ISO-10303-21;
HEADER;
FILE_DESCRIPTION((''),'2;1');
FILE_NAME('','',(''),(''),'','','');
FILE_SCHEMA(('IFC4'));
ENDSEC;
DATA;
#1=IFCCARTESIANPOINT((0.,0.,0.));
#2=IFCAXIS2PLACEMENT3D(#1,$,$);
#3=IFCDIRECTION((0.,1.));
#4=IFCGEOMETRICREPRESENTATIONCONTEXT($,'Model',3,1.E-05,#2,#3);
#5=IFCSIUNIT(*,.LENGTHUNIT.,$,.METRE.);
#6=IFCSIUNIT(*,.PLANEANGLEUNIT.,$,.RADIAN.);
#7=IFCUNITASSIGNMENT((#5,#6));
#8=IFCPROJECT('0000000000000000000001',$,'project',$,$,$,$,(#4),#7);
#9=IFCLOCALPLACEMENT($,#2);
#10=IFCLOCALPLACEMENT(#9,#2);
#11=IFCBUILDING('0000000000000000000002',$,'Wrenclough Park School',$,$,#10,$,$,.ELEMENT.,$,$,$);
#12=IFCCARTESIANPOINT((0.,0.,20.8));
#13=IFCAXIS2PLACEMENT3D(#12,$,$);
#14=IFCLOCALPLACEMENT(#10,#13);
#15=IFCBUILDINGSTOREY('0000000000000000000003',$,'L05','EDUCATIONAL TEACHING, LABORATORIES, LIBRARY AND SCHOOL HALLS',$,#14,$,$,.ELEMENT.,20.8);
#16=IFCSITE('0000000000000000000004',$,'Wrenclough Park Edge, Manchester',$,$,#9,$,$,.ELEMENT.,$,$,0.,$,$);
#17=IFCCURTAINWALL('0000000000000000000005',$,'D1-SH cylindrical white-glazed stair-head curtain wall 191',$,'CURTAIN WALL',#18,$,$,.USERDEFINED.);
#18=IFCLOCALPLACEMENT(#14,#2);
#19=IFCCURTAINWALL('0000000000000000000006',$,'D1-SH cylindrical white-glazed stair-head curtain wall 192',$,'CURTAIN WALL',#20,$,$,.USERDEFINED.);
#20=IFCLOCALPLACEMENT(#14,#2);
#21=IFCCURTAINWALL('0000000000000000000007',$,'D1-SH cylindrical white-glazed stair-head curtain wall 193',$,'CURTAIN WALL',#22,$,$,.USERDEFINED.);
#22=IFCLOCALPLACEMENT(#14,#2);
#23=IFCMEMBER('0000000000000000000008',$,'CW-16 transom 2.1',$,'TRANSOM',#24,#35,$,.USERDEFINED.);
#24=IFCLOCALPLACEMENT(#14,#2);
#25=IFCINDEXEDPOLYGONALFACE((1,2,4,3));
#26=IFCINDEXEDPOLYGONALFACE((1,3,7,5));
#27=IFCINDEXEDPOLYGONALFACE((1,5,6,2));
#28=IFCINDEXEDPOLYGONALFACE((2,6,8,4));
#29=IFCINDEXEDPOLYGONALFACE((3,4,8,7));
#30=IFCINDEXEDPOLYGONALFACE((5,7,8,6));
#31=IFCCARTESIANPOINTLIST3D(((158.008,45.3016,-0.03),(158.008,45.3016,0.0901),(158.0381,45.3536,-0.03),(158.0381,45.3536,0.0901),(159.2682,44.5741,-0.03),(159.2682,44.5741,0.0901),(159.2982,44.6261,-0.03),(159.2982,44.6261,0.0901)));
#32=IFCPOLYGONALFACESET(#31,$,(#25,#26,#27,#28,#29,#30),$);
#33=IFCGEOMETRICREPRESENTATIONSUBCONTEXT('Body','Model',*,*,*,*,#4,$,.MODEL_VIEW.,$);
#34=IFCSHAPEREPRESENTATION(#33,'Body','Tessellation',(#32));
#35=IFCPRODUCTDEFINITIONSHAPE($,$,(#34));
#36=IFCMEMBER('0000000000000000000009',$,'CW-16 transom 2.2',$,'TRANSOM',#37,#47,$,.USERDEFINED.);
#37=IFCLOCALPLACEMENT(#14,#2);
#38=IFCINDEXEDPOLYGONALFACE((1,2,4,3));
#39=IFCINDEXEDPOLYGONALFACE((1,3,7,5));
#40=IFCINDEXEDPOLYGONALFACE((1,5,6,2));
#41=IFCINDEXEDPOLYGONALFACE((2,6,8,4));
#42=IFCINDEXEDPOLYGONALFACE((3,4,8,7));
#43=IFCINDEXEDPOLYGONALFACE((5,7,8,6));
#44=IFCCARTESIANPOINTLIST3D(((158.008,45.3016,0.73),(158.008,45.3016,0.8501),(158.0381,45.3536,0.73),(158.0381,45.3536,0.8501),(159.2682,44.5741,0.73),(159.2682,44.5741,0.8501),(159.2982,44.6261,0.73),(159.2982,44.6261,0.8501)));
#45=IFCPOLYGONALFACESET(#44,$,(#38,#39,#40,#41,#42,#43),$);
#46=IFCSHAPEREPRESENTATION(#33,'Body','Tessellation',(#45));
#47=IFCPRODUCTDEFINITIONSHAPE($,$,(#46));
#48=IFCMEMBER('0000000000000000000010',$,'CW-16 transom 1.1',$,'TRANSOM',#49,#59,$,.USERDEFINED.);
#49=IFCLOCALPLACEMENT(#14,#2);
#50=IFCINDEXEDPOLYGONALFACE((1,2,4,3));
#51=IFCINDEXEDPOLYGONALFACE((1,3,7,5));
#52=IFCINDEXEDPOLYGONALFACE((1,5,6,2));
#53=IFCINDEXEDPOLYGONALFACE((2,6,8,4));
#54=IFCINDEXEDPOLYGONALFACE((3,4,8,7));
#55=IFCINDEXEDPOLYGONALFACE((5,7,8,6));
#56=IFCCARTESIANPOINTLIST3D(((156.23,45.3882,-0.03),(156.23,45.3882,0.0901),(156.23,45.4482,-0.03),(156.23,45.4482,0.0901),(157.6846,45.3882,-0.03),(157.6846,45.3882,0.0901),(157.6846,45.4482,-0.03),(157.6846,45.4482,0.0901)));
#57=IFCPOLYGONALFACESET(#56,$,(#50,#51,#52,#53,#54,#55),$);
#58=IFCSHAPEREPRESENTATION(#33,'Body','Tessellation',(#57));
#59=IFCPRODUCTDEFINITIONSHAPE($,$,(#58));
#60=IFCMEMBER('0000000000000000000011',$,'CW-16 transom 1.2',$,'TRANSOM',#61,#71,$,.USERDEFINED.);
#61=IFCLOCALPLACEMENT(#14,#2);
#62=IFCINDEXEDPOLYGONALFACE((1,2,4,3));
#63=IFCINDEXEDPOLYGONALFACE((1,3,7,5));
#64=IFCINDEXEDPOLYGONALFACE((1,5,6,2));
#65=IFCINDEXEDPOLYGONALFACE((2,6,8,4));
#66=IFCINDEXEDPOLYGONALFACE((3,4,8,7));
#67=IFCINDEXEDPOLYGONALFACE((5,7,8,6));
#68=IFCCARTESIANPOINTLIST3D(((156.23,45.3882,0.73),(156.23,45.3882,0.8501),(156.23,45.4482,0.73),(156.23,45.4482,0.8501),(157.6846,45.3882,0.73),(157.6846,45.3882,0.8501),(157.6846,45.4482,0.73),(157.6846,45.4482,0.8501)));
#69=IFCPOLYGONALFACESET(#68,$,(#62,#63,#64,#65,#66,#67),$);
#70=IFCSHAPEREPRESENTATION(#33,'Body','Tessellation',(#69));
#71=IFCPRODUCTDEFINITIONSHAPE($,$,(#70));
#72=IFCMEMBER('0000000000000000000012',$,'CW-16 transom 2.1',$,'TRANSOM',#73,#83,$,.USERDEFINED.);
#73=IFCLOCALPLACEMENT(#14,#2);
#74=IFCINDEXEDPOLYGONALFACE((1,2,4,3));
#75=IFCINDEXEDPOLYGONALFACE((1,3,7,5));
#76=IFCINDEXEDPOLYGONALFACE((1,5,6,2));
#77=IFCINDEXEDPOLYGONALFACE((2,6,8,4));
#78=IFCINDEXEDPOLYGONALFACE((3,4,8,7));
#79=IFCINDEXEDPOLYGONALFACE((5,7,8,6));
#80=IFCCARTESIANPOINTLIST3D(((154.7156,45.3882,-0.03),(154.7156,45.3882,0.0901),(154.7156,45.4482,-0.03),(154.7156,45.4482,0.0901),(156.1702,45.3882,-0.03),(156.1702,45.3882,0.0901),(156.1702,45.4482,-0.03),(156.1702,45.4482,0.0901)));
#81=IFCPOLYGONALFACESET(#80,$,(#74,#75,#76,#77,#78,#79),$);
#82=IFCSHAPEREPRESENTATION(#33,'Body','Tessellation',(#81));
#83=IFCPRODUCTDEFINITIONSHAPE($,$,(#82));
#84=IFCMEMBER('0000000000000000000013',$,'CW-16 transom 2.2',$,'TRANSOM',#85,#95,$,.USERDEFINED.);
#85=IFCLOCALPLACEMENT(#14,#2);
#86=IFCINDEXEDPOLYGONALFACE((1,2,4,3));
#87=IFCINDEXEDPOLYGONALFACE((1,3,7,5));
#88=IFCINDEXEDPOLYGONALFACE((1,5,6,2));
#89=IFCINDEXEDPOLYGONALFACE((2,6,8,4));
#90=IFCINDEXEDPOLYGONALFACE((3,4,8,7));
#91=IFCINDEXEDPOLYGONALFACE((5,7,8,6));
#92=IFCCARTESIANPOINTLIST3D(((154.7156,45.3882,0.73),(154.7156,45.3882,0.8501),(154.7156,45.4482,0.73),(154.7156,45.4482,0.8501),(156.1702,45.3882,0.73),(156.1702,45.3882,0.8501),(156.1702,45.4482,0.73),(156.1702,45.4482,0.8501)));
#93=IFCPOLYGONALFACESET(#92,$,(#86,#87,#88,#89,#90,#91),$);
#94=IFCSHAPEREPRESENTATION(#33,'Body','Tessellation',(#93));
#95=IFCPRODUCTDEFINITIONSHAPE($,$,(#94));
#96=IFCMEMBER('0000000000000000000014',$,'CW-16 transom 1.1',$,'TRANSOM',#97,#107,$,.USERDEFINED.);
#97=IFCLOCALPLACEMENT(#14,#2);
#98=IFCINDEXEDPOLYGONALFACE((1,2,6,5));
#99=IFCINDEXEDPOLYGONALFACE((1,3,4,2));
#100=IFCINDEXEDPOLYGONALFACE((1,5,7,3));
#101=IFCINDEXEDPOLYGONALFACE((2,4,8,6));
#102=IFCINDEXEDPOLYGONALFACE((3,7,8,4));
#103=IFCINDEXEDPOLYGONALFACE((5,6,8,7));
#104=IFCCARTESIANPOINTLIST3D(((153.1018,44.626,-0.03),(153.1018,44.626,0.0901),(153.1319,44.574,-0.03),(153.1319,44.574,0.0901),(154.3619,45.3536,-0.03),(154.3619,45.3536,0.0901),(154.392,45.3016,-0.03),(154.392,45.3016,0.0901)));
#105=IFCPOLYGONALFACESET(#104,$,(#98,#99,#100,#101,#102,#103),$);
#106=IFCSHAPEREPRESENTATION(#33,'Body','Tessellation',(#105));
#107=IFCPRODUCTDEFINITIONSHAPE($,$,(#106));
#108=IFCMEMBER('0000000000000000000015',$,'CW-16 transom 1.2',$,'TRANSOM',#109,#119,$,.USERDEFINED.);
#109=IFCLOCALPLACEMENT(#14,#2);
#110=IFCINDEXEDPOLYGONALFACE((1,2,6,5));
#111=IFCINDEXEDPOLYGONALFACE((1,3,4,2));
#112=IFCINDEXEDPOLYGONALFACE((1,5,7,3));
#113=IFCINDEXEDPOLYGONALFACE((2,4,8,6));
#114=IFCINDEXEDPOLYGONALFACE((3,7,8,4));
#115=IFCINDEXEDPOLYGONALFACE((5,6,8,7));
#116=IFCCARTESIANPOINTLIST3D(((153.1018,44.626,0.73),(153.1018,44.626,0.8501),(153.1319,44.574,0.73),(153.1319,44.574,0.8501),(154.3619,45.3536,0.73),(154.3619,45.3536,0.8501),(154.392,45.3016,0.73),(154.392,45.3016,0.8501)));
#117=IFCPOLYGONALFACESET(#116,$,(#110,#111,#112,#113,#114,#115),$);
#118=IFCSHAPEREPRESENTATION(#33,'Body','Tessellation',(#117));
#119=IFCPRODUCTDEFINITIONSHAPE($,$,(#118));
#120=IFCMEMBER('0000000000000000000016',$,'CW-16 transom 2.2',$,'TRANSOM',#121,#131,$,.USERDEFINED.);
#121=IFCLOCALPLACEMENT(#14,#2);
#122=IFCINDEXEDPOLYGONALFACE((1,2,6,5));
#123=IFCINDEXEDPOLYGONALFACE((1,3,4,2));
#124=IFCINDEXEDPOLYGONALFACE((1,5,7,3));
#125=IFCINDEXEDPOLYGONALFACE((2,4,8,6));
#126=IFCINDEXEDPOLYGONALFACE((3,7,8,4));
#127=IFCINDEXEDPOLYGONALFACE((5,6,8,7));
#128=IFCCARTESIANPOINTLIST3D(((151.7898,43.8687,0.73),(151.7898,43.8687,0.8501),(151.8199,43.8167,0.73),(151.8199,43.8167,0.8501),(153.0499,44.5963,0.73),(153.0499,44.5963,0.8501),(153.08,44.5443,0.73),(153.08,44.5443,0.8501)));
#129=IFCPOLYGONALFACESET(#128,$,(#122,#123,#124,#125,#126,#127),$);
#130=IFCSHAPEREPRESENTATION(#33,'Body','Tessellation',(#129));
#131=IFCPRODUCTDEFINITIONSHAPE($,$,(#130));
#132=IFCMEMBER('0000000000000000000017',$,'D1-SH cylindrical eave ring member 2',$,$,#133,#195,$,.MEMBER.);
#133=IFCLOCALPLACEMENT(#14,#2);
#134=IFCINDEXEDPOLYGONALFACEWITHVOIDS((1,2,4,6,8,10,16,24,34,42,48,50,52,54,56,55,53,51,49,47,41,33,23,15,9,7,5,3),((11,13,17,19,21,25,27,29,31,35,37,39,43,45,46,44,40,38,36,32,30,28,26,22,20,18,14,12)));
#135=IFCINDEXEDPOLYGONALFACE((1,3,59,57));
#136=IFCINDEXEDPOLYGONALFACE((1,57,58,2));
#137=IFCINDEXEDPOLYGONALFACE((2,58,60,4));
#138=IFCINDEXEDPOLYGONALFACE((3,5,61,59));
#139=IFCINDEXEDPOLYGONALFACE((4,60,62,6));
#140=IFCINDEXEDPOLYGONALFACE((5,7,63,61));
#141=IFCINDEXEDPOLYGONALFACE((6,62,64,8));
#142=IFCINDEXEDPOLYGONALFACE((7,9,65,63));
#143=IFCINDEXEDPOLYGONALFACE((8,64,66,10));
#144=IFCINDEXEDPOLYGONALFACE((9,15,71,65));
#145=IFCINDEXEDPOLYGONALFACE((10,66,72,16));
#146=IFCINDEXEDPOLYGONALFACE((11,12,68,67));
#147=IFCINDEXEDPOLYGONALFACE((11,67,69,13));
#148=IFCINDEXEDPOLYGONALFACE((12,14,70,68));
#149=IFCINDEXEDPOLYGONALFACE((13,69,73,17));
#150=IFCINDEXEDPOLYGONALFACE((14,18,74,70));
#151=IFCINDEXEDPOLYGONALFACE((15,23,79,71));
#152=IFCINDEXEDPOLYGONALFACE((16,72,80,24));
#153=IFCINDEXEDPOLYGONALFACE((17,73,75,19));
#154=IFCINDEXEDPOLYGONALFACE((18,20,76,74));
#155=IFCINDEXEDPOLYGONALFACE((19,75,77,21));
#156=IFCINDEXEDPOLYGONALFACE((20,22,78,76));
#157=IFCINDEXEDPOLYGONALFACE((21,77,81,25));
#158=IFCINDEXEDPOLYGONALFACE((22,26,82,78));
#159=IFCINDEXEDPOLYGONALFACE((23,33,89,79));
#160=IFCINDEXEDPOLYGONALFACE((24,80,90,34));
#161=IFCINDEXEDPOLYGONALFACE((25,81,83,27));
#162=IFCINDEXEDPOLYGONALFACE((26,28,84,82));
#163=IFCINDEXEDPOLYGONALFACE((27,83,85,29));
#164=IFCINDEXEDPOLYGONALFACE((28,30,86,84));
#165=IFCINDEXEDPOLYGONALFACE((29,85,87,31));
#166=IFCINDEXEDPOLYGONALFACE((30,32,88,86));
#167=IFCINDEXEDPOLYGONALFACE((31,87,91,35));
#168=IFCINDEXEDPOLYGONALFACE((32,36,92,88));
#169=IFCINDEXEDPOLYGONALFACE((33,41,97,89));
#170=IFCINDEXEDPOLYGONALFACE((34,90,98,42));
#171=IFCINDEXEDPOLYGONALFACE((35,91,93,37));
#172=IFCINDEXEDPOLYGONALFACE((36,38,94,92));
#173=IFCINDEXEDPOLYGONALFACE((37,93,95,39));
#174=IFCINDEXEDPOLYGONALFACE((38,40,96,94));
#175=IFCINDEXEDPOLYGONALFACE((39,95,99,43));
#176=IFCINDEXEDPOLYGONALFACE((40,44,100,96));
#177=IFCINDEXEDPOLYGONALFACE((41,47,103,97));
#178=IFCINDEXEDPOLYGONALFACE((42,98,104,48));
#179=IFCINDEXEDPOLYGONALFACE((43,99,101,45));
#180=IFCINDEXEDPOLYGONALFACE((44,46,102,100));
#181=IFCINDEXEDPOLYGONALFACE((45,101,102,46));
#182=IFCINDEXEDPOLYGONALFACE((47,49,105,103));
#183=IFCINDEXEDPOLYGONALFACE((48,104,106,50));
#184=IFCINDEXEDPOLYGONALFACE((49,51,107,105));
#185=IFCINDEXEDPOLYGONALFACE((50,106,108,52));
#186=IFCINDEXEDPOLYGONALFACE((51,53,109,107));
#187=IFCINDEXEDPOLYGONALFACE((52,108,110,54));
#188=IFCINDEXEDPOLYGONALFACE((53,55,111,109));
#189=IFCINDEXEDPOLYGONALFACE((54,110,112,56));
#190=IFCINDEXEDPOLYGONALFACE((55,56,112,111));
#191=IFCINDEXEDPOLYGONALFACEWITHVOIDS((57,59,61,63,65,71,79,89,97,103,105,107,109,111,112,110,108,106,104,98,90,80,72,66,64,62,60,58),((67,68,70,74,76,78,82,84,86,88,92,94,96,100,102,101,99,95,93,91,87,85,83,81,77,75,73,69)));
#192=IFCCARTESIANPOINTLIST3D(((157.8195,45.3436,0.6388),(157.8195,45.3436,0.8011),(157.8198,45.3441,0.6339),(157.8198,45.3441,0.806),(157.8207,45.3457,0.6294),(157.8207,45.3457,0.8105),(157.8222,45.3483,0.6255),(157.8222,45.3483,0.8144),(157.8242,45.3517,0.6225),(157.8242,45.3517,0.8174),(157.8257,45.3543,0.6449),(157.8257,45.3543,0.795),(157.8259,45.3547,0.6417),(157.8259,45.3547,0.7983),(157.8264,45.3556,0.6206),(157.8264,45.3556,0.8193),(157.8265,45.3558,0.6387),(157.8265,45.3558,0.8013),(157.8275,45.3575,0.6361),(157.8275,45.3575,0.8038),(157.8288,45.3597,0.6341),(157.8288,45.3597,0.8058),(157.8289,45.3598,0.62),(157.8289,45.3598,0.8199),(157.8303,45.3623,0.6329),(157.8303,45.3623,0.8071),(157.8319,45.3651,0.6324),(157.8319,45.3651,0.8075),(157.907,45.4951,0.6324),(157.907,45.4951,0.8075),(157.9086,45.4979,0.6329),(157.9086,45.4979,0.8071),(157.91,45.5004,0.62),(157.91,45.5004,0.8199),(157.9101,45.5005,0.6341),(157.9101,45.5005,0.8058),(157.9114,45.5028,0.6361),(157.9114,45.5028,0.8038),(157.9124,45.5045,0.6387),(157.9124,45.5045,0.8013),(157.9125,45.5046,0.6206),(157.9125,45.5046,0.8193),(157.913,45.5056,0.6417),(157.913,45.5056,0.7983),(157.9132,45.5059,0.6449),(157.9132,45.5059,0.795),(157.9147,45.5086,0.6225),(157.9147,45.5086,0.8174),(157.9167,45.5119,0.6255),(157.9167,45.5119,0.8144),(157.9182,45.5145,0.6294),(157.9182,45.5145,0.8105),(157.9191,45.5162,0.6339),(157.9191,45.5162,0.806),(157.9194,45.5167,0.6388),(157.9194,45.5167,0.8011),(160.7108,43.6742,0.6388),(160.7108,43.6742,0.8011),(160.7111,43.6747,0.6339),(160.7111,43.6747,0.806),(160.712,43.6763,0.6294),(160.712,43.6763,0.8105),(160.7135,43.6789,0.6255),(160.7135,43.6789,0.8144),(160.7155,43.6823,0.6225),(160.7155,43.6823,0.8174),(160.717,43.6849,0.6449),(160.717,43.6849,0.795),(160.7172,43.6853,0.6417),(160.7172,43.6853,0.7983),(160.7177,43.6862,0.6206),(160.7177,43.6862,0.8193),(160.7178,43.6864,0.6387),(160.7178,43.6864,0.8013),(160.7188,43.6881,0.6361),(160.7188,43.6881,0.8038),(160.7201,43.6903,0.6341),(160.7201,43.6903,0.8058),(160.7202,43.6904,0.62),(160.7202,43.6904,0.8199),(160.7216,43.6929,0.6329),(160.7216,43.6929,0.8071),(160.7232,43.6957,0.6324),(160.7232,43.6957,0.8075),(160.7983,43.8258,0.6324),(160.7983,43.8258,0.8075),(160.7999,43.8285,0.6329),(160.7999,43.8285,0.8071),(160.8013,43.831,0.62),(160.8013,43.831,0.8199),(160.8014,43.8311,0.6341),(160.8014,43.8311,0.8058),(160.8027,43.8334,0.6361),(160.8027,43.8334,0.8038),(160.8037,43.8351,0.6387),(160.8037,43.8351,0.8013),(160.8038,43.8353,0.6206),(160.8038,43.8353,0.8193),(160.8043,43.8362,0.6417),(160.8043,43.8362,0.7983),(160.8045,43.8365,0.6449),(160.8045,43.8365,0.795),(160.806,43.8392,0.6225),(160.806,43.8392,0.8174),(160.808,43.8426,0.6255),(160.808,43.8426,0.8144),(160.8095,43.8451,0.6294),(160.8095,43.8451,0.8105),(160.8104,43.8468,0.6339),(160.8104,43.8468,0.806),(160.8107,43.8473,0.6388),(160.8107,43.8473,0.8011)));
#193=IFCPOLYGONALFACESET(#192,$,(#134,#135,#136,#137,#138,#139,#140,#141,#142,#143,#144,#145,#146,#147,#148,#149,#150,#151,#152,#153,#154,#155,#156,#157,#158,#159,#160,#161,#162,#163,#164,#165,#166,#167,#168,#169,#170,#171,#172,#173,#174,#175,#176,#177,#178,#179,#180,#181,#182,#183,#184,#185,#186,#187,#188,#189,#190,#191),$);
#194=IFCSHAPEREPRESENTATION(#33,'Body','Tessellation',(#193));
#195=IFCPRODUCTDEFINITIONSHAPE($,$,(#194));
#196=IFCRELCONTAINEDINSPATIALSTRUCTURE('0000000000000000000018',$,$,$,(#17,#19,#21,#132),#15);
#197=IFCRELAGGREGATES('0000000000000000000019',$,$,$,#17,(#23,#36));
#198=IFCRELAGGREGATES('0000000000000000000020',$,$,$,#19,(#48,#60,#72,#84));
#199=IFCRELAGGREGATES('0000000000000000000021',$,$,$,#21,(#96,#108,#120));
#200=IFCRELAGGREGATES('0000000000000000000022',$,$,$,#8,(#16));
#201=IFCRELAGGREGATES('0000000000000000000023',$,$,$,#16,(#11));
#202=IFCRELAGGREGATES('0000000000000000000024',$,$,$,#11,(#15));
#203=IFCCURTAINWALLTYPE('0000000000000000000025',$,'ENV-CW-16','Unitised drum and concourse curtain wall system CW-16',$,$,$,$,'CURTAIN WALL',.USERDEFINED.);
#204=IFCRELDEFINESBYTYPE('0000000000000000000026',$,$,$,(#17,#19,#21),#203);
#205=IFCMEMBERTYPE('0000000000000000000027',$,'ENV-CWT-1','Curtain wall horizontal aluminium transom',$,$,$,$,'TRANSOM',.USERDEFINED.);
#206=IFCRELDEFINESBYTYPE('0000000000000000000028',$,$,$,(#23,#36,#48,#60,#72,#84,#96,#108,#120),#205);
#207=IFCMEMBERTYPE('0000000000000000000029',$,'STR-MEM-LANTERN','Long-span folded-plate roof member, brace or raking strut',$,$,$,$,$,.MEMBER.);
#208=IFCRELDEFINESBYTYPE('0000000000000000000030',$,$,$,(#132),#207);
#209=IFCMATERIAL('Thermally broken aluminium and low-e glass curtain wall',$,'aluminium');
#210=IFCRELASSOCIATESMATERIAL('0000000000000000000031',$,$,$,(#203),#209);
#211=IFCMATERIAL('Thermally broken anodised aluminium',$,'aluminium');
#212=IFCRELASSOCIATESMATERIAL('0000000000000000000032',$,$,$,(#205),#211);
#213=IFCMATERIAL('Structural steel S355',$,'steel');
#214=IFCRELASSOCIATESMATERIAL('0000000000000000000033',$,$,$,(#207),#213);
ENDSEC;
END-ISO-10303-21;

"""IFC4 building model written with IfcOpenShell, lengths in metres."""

from ifc_helpers import new_model, si_unit, direction, frame, origin, origin_2d, place, context, subcontext, project, spatial, rectangle, hollow_rectangle, extrude, material, material_profile, profile_set, type_object, element, aggregate, save


model = new_model("IFC4")

# Units and contexts
model_context = context("Model", 3, precision=1e-05, world=origin(), true_north=direction((0.0, 1.0)))
body_context = subcontext(model_context, "Body", "Model", "MODEL_VIEW")
ifc_project = project(units=[si_unit("LENGTHUNIT", "METRE"), si_unit("PLANEANGLEUNIT", "RADIAN")], contexts=[model_context])

# Site, building, storey
site_placement = place(None, origin())
site = spatial("IfcSite", under=ifc_project, at=site_placement, Name="Wrenclough Park Edge, Manchester", CompositionType="ELEMENT", RefElevation=0.0)
building_placement = place(site_placement, origin())
building = spatial("IfcBuilding", under=site, at=building_placement, Name="Wrenclough Park School", CompositionType="ELEMENT")
storey_placement = place(building_placement, frame((0.0, 0.0, 20.8)))
storey = spatial("IfcBuildingStorey", under=building, at=storey_placement, Name="L05", Description="EDUCATIONAL TEACHING, LABORATORIES, LIBRARY AND SCHOOL HALLS", CompositionType="ELEMENT", Elevation=20.8)

# Shared definitions
ifc_material_1 = material(Name="Structural steel S355", Category="steel")

# Curtain walls
ifc_material_2 = material(Name="Thermally broken aluminium and low-e glass curtain wall", Category="aluminium")
curtain_wall_type = type_object("IfcCurtainWallType", Name="ENV-CW-16", Description="Unitised drum and concourse curtain wall system CW-16", ElementType="CURTAIN WALL", PredefinedType="USERDEFINED", material=ifc_material_2)
curtain_wall_1_placement = place(storey_placement, origin())
curtain_wall_1 = element("IfcCurtainWall", 1, at=curtain_wall_1_placement, inside=storey, type_object=curtain_wall_type, Name="D1-SH cylindrical white-glazed stair-head curtain wall 191", ObjectType="CURTAIN WALL", PredefinedType="USERDEFINED")
ifc_material_3 = material(Name="Thermally broken anodised aluminium", Category="aluminium")
curtain_wall_2_placement = place(storey_placement, origin())
curtain_wall_2 = element("IfcCurtainWall", 2, at=curtain_wall_2_placement, inside=storey, type_object=curtain_wall_type, Name="D1-SH cylindrical white-glazed stair-head curtain wall 192", ObjectType="CURTAIN WALL", PredefinedType="USERDEFINED")
curtain_wall_3_placement = place(storey_placement, origin())
curtain_wall_3 = element("IfcCurtainWall", 3, at=curtain_wall_3_placement, inside=storey, type_object=curtain_wall_type, Name="D1-SH cylindrical white-glazed stair-head curtain wall 193", ObjectType="CURTAIN WALL", PredefinedType="USERDEFINED")

# Members
ifc_material_profile_1 = material_profile(ifc_material_3, rectangle(XDim=0.0601, YDim=0.1201, at=origin_2d()), Name="AL TRANSOM 60x120")
ifc_profile_set_1 = profile_set([ifc_material_profile_1], Name="Thermally broken anodised aluminium")
member_type_1 = type_object("IfcMemberType", Name="ENV-CWT-1", Description="Curtain wall horizontal aluminium transom", ElementType="TRANSOM", PredefinedType="USERDEFINED", material=ifc_profile_set_1)
member_1_placement = place(storey_placement, frame((159.2832, 44.6001, 0.03), z_axis=(-0.866046, 0.499965, 0.0), x_axis=(-0.499965, -0.866046, 0.0)))
member_1 = element("IfcMember", 4, at=member_1_placement, type_object=member_type_1, Name="CW-16 transom 2.1", ObjectType="TRANSOM", PredefinedType="USERDEFINED", context=body_context, shape_type="SweptSolid", body=[
    extrude(rectangle(XDim=0.0601, YDim=0.1201, at=origin_2d()), origin(), (0.0, 0.0, 1.0), 1.4551),
])
member_2_placement = place(storey_placement, frame((159.2832, 44.6001, 0.79), z_axis=(-0.866046, 0.499965, 0.0), x_axis=(-0.499965, -0.866046, 0.0)))
member_2 = element("IfcMember", 5, at=member_2_placement, type_object=member_type_1, Name="CW-16 transom 2.2", ObjectType="TRANSOM", PredefinedType="USERDEFINED", context=body_context, shape_type="SweptSolid", body=[
    extrude(rectangle(XDim=0.0601, YDim=0.1201, at=origin_2d()), origin(), (0.0, 0.0, 1.0), 1.4551),
])
member_3_placement = place(storey_placement, frame((157.6846, 45.4182, 0.03), z_axis=(-1.0, 0.0, 0.0), x_axis=(0.0, -1.0, 0.0)))
member_3 = element("IfcMember", 6, at=member_3_placement, type_object=member_type_1, Name="CW-16 transom 1.1", ObjectType="TRANSOM", PredefinedType="USERDEFINED", context=body_context, shape_type="SweptSolid", body=[
    extrude(rectangle(XDim=0.0601, YDim=0.1201, at=origin_2d()), origin(), (0.0, 0.0, 1.0), 1.4546),
])
member_4_placement = place(storey_placement, frame((157.6846, 45.4182, 0.79), z_axis=(-1.0, 0.0, 0.0), x_axis=(0.0, -1.0, 0.0)))
member_4 = element("IfcMember", 7, at=member_4_placement, type_object=member_type_1, Name="CW-16 transom 1.2", ObjectType="TRANSOM", PredefinedType="USERDEFINED", context=body_context, shape_type="SweptSolid", body=[
    extrude(rectangle(XDim=0.0601, YDim=0.1201, at=origin_2d()), origin(), (0.0, 0.0, 1.0), 1.4546),
])
member_5_placement = place(storey_placement, frame((156.1702, 45.4182, 0.03), z_axis=(-1.0, 0.0, 0.0), x_axis=(0.0, -1.0, 0.0)))
member_5 = element("IfcMember", 8, at=member_5_placement, type_object=member_type_1, Name="CW-16 transom 2.1", ObjectType="TRANSOM", PredefinedType="USERDEFINED", context=body_context, shape_type="SweptSolid", body=[
    extrude(rectangle(XDim=0.0601, YDim=0.1201, at=origin_2d()), origin(), (0.0, 0.0, 1.0), 1.4546),
])
member_6_placement = place(storey_placement, frame((156.1702, 45.4182, 0.79), z_axis=(-1.0, 0.0, 0.0), x_axis=(0.0, -1.0, 0.0)))
member_6 = element("IfcMember", 9, at=member_6_placement, type_object=member_type_1, Name="CW-16 transom 2.2", ObjectType="TRANSOM", PredefinedType="USERDEFINED", context=body_context, shape_type="SweptSolid", body=[
    extrude(rectangle(XDim=0.0601, YDim=0.1201, at=origin_2d()), origin(), (0.0, 0.0, 1.0), 1.4546),
])
member_7_placement = place(storey_placement, frame((154.377, 45.3276, 0.03), z_axis=(-0.866004, -0.500037, 0.0), x_axis=(0.500037, -0.866004, 0.0)))
member_7 = element("IfcMember", 10, at=member_7_placement, type_object=member_type_1, Name="CW-16 transom 1.1", ObjectType="TRANSOM", PredefinedType="USERDEFINED", context=body_context, shape_type="SweptSolid", body=[
    extrude(rectangle(XDim=0.0601, YDim=0.1201, at=origin_2d()), origin(), (0.0, 0.0, 1.0), 1.4551),
])
member_8_placement = place(storey_placement, frame((154.377, 45.3276, 0.79), z_axis=(-0.866004, -0.500037, 0.0), x_axis=(0.500037, -0.866004, 0.0)))
member_8 = element("IfcMember", 11, at=member_8_placement, type_object=member_type_1, Name="CW-16 transom 1.2", ObjectType="TRANSOM", PredefinedType="USERDEFINED", context=body_context, shape_type="SweptSolid", body=[
    extrude(rectangle(XDim=0.0601, YDim=0.1201, at=origin_2d()), origin(), (0.0, 0.0, 1.0), 1.4551),
])
member_9_placement = place(storey_placement, frame((153.0649, 44.5703, 0.79), z_axis=(-0.866004, -0.500037, 0.0), x_axis=(0.500037, -0.866004, 0.0)))
member_9 = element("IfcMember", 12, at=member_9_placement, type_object=member_type_1, Name="CW-16 transom 2.2", ObjectType="TRANSOM", PredefinedType="USERDEFINED", context=body_context, shape_type="SweptSolid", body=[
    extrude(rectangle(XDim=0.0601, YDim=0.1201, at=origin_2d()), origin(), (0.0, 0.0, 1.0), 1.4551),
])

# Member
ifc_material_profile_2 = material_profile(ifc_material_1, hollow_rectangle(XDim=0.2, YDim=0.2, WallThickness=0.0125, InnerFilletRadius=0.0125, OuterFilletRadius=0.0188, at=origin_2d()), Name="SHS 200x200x12.5")
ifc_profile_set_2 = profile_set([ifc_material_profile_2], Name="Structural steel S355")
member_type_2 = type_object("IfcMemberType", Name="STR-MEM-LANTERN", Description="Long-span folded-plate roof member, brace or raking strut", PredefinedType="MEMBER", material=ifc_profile_set_2)
member_10_placement = place(storey_placement, frame((160.7607, 43.7607, 0.72), z_axis=(-0.866011, 0.500024, 0.0), x_axis=(-0.500024, -0.866011, 0.0)))
element("IfcMember", 13, at=member_10_placement, inside=storey, type_object=member_type_2, Name="D1-SH cylindrical eave ring member 2", PredefinedType="MEMBER", context=body_context, shape_type="SweptSolid", body=[
    extrude(hollow_rectangle(XDim=0.2, YDim=0.2, WallThickness=0.0125, InnerFilletRadius=0.0125, OuterFilletRadius=0.0188, at=origin_2d()), origin(), (0.0, 0.0, 1.0), 3.3386),
])

aggregate(curtain_wall_1, [member_1, member_2])
aggregate(curtain_wall_2, [member_3, member_4, member_5, member_6])
aggregate(curtain_wall_3, [member_7, member_8, member_9])

save(model, "model.ifc")
